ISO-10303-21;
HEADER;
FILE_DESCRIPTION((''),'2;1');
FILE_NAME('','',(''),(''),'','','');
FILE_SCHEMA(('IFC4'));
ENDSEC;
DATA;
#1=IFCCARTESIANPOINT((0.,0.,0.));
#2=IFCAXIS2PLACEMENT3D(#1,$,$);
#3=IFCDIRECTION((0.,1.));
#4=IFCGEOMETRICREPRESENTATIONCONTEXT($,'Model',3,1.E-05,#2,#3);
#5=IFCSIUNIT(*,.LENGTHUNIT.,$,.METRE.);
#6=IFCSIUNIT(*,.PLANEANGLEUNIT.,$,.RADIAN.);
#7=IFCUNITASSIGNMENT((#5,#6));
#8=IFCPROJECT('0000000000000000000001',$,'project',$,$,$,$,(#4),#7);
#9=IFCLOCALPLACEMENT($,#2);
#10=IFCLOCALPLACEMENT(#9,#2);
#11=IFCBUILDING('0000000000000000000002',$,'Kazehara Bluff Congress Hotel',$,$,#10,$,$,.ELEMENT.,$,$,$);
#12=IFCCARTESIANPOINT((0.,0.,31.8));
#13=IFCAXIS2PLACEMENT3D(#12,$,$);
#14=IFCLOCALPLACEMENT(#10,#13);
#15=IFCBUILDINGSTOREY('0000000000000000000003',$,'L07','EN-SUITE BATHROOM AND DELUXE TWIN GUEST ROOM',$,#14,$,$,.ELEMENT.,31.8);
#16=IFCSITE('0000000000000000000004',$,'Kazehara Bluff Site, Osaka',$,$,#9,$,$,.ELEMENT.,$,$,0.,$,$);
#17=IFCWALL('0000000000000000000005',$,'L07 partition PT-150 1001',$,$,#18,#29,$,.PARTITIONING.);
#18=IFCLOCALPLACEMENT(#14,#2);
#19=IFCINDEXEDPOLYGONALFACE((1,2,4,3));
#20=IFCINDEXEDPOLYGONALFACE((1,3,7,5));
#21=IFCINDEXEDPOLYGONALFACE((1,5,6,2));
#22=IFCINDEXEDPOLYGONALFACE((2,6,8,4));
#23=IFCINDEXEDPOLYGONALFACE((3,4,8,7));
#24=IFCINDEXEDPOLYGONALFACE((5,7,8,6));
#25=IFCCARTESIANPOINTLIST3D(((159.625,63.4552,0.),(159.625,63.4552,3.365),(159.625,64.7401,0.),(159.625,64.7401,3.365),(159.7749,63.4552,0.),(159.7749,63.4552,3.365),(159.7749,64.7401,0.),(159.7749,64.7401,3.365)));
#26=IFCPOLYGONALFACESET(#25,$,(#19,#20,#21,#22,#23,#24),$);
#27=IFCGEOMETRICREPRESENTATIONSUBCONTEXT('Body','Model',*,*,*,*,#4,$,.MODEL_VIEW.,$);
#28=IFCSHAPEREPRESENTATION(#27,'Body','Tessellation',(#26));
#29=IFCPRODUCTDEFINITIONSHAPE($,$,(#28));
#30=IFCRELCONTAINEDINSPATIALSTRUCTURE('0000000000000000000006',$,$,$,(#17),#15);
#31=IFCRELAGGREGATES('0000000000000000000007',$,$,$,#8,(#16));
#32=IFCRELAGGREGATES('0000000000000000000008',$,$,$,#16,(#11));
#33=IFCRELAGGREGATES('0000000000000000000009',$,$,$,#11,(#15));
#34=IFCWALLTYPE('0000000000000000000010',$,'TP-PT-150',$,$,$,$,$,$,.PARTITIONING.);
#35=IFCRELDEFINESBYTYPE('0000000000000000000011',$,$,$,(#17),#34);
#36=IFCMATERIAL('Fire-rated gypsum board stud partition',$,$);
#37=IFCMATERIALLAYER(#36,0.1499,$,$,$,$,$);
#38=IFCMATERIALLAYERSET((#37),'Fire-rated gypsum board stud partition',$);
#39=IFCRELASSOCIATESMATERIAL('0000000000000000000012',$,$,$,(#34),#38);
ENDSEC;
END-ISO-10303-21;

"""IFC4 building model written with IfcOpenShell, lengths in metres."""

from ifc_helpers import new_model, si_unit, direction, frame, frame_2d, origin, place, context, subcontext, project, spatial, rectangle, extrude, material, layer, layer_set, type_object, element, save


model = new_model("IFC4")

# Units and contexts
model_context = context("Model", 3, precision=1e-05, world=origin(), true_north=direction((0.0, 1.0)))
body_context = subcontext(model_context, "Body", "Model", "MODEL_VIEW")
ifc_project = project(units=[si_unit("LENGTHUNIT", "METRE"), si_unit("PLANEANGLEUNIT", "RADIAN")], contexts=[model_context])

# Site, building, storey
site_placement = place(None, origin())
site = spatial("IfcSite", under=ifc_project, at=site_placement, Name="Kazehara Bluff Site, Osaka", CompositionType="ELEMENT", RefElevation=0.0)
building_placement = place(site_placement, origin())
building = spatial("IfcBuilding", under=site, at=building_placement, Name="Kazehara Bluff Congress Hotel", CompositionType="ELEMENT")
storey_placement = place(building_placement, frame((0.0, 0.0, 31.8)))
storey = spatial("IfcBuildingStorey", under=building, at=storey_placement, Name="L07", Description="EN-SUITE BATHROOM AND DELUXE TWIN GUEST ROOM", CompositionType="ELEMENT", Elevation=31.8)

# Wall
ifc_material_1 = material(Name="Fire-rated gypsum board stud partition")
ifc_layer_1 = layer(ifc_material_1, 0.1499)
ifc_layer_set_1 = layer_set([ifc_layer_1], Name="Fire-rated gypsum board stud partition")
wall_type_1 = type_object("IfcWallType", Name="TP-PT-150", PredefinedType="PARTITIONING", material=ifc_layer_set_1)
wall_1_placement = place(storey_placement, frame((159.7, 63.4551, 0.0), z_axis=(0.0, 0.0, 1.0), x_axis=(0.0, 1.0, 0.0)))
element("IfcWall", 1, at=wall_1_placement, inside=storey, type_object=wall_type_1, Name="L07 partition PT-150 1001", PredefinedType="PARTITIONING", context=body_context, shape_type="SweptSolid", body=[
    extrude(rectangle(XDim=1.2849, YDim=0.1499, at=frame_2d((0.6426, 0.0))), origin(), (0.0, 0.0, 1.0), 3.365),
])

save(model, "model.ifc")
